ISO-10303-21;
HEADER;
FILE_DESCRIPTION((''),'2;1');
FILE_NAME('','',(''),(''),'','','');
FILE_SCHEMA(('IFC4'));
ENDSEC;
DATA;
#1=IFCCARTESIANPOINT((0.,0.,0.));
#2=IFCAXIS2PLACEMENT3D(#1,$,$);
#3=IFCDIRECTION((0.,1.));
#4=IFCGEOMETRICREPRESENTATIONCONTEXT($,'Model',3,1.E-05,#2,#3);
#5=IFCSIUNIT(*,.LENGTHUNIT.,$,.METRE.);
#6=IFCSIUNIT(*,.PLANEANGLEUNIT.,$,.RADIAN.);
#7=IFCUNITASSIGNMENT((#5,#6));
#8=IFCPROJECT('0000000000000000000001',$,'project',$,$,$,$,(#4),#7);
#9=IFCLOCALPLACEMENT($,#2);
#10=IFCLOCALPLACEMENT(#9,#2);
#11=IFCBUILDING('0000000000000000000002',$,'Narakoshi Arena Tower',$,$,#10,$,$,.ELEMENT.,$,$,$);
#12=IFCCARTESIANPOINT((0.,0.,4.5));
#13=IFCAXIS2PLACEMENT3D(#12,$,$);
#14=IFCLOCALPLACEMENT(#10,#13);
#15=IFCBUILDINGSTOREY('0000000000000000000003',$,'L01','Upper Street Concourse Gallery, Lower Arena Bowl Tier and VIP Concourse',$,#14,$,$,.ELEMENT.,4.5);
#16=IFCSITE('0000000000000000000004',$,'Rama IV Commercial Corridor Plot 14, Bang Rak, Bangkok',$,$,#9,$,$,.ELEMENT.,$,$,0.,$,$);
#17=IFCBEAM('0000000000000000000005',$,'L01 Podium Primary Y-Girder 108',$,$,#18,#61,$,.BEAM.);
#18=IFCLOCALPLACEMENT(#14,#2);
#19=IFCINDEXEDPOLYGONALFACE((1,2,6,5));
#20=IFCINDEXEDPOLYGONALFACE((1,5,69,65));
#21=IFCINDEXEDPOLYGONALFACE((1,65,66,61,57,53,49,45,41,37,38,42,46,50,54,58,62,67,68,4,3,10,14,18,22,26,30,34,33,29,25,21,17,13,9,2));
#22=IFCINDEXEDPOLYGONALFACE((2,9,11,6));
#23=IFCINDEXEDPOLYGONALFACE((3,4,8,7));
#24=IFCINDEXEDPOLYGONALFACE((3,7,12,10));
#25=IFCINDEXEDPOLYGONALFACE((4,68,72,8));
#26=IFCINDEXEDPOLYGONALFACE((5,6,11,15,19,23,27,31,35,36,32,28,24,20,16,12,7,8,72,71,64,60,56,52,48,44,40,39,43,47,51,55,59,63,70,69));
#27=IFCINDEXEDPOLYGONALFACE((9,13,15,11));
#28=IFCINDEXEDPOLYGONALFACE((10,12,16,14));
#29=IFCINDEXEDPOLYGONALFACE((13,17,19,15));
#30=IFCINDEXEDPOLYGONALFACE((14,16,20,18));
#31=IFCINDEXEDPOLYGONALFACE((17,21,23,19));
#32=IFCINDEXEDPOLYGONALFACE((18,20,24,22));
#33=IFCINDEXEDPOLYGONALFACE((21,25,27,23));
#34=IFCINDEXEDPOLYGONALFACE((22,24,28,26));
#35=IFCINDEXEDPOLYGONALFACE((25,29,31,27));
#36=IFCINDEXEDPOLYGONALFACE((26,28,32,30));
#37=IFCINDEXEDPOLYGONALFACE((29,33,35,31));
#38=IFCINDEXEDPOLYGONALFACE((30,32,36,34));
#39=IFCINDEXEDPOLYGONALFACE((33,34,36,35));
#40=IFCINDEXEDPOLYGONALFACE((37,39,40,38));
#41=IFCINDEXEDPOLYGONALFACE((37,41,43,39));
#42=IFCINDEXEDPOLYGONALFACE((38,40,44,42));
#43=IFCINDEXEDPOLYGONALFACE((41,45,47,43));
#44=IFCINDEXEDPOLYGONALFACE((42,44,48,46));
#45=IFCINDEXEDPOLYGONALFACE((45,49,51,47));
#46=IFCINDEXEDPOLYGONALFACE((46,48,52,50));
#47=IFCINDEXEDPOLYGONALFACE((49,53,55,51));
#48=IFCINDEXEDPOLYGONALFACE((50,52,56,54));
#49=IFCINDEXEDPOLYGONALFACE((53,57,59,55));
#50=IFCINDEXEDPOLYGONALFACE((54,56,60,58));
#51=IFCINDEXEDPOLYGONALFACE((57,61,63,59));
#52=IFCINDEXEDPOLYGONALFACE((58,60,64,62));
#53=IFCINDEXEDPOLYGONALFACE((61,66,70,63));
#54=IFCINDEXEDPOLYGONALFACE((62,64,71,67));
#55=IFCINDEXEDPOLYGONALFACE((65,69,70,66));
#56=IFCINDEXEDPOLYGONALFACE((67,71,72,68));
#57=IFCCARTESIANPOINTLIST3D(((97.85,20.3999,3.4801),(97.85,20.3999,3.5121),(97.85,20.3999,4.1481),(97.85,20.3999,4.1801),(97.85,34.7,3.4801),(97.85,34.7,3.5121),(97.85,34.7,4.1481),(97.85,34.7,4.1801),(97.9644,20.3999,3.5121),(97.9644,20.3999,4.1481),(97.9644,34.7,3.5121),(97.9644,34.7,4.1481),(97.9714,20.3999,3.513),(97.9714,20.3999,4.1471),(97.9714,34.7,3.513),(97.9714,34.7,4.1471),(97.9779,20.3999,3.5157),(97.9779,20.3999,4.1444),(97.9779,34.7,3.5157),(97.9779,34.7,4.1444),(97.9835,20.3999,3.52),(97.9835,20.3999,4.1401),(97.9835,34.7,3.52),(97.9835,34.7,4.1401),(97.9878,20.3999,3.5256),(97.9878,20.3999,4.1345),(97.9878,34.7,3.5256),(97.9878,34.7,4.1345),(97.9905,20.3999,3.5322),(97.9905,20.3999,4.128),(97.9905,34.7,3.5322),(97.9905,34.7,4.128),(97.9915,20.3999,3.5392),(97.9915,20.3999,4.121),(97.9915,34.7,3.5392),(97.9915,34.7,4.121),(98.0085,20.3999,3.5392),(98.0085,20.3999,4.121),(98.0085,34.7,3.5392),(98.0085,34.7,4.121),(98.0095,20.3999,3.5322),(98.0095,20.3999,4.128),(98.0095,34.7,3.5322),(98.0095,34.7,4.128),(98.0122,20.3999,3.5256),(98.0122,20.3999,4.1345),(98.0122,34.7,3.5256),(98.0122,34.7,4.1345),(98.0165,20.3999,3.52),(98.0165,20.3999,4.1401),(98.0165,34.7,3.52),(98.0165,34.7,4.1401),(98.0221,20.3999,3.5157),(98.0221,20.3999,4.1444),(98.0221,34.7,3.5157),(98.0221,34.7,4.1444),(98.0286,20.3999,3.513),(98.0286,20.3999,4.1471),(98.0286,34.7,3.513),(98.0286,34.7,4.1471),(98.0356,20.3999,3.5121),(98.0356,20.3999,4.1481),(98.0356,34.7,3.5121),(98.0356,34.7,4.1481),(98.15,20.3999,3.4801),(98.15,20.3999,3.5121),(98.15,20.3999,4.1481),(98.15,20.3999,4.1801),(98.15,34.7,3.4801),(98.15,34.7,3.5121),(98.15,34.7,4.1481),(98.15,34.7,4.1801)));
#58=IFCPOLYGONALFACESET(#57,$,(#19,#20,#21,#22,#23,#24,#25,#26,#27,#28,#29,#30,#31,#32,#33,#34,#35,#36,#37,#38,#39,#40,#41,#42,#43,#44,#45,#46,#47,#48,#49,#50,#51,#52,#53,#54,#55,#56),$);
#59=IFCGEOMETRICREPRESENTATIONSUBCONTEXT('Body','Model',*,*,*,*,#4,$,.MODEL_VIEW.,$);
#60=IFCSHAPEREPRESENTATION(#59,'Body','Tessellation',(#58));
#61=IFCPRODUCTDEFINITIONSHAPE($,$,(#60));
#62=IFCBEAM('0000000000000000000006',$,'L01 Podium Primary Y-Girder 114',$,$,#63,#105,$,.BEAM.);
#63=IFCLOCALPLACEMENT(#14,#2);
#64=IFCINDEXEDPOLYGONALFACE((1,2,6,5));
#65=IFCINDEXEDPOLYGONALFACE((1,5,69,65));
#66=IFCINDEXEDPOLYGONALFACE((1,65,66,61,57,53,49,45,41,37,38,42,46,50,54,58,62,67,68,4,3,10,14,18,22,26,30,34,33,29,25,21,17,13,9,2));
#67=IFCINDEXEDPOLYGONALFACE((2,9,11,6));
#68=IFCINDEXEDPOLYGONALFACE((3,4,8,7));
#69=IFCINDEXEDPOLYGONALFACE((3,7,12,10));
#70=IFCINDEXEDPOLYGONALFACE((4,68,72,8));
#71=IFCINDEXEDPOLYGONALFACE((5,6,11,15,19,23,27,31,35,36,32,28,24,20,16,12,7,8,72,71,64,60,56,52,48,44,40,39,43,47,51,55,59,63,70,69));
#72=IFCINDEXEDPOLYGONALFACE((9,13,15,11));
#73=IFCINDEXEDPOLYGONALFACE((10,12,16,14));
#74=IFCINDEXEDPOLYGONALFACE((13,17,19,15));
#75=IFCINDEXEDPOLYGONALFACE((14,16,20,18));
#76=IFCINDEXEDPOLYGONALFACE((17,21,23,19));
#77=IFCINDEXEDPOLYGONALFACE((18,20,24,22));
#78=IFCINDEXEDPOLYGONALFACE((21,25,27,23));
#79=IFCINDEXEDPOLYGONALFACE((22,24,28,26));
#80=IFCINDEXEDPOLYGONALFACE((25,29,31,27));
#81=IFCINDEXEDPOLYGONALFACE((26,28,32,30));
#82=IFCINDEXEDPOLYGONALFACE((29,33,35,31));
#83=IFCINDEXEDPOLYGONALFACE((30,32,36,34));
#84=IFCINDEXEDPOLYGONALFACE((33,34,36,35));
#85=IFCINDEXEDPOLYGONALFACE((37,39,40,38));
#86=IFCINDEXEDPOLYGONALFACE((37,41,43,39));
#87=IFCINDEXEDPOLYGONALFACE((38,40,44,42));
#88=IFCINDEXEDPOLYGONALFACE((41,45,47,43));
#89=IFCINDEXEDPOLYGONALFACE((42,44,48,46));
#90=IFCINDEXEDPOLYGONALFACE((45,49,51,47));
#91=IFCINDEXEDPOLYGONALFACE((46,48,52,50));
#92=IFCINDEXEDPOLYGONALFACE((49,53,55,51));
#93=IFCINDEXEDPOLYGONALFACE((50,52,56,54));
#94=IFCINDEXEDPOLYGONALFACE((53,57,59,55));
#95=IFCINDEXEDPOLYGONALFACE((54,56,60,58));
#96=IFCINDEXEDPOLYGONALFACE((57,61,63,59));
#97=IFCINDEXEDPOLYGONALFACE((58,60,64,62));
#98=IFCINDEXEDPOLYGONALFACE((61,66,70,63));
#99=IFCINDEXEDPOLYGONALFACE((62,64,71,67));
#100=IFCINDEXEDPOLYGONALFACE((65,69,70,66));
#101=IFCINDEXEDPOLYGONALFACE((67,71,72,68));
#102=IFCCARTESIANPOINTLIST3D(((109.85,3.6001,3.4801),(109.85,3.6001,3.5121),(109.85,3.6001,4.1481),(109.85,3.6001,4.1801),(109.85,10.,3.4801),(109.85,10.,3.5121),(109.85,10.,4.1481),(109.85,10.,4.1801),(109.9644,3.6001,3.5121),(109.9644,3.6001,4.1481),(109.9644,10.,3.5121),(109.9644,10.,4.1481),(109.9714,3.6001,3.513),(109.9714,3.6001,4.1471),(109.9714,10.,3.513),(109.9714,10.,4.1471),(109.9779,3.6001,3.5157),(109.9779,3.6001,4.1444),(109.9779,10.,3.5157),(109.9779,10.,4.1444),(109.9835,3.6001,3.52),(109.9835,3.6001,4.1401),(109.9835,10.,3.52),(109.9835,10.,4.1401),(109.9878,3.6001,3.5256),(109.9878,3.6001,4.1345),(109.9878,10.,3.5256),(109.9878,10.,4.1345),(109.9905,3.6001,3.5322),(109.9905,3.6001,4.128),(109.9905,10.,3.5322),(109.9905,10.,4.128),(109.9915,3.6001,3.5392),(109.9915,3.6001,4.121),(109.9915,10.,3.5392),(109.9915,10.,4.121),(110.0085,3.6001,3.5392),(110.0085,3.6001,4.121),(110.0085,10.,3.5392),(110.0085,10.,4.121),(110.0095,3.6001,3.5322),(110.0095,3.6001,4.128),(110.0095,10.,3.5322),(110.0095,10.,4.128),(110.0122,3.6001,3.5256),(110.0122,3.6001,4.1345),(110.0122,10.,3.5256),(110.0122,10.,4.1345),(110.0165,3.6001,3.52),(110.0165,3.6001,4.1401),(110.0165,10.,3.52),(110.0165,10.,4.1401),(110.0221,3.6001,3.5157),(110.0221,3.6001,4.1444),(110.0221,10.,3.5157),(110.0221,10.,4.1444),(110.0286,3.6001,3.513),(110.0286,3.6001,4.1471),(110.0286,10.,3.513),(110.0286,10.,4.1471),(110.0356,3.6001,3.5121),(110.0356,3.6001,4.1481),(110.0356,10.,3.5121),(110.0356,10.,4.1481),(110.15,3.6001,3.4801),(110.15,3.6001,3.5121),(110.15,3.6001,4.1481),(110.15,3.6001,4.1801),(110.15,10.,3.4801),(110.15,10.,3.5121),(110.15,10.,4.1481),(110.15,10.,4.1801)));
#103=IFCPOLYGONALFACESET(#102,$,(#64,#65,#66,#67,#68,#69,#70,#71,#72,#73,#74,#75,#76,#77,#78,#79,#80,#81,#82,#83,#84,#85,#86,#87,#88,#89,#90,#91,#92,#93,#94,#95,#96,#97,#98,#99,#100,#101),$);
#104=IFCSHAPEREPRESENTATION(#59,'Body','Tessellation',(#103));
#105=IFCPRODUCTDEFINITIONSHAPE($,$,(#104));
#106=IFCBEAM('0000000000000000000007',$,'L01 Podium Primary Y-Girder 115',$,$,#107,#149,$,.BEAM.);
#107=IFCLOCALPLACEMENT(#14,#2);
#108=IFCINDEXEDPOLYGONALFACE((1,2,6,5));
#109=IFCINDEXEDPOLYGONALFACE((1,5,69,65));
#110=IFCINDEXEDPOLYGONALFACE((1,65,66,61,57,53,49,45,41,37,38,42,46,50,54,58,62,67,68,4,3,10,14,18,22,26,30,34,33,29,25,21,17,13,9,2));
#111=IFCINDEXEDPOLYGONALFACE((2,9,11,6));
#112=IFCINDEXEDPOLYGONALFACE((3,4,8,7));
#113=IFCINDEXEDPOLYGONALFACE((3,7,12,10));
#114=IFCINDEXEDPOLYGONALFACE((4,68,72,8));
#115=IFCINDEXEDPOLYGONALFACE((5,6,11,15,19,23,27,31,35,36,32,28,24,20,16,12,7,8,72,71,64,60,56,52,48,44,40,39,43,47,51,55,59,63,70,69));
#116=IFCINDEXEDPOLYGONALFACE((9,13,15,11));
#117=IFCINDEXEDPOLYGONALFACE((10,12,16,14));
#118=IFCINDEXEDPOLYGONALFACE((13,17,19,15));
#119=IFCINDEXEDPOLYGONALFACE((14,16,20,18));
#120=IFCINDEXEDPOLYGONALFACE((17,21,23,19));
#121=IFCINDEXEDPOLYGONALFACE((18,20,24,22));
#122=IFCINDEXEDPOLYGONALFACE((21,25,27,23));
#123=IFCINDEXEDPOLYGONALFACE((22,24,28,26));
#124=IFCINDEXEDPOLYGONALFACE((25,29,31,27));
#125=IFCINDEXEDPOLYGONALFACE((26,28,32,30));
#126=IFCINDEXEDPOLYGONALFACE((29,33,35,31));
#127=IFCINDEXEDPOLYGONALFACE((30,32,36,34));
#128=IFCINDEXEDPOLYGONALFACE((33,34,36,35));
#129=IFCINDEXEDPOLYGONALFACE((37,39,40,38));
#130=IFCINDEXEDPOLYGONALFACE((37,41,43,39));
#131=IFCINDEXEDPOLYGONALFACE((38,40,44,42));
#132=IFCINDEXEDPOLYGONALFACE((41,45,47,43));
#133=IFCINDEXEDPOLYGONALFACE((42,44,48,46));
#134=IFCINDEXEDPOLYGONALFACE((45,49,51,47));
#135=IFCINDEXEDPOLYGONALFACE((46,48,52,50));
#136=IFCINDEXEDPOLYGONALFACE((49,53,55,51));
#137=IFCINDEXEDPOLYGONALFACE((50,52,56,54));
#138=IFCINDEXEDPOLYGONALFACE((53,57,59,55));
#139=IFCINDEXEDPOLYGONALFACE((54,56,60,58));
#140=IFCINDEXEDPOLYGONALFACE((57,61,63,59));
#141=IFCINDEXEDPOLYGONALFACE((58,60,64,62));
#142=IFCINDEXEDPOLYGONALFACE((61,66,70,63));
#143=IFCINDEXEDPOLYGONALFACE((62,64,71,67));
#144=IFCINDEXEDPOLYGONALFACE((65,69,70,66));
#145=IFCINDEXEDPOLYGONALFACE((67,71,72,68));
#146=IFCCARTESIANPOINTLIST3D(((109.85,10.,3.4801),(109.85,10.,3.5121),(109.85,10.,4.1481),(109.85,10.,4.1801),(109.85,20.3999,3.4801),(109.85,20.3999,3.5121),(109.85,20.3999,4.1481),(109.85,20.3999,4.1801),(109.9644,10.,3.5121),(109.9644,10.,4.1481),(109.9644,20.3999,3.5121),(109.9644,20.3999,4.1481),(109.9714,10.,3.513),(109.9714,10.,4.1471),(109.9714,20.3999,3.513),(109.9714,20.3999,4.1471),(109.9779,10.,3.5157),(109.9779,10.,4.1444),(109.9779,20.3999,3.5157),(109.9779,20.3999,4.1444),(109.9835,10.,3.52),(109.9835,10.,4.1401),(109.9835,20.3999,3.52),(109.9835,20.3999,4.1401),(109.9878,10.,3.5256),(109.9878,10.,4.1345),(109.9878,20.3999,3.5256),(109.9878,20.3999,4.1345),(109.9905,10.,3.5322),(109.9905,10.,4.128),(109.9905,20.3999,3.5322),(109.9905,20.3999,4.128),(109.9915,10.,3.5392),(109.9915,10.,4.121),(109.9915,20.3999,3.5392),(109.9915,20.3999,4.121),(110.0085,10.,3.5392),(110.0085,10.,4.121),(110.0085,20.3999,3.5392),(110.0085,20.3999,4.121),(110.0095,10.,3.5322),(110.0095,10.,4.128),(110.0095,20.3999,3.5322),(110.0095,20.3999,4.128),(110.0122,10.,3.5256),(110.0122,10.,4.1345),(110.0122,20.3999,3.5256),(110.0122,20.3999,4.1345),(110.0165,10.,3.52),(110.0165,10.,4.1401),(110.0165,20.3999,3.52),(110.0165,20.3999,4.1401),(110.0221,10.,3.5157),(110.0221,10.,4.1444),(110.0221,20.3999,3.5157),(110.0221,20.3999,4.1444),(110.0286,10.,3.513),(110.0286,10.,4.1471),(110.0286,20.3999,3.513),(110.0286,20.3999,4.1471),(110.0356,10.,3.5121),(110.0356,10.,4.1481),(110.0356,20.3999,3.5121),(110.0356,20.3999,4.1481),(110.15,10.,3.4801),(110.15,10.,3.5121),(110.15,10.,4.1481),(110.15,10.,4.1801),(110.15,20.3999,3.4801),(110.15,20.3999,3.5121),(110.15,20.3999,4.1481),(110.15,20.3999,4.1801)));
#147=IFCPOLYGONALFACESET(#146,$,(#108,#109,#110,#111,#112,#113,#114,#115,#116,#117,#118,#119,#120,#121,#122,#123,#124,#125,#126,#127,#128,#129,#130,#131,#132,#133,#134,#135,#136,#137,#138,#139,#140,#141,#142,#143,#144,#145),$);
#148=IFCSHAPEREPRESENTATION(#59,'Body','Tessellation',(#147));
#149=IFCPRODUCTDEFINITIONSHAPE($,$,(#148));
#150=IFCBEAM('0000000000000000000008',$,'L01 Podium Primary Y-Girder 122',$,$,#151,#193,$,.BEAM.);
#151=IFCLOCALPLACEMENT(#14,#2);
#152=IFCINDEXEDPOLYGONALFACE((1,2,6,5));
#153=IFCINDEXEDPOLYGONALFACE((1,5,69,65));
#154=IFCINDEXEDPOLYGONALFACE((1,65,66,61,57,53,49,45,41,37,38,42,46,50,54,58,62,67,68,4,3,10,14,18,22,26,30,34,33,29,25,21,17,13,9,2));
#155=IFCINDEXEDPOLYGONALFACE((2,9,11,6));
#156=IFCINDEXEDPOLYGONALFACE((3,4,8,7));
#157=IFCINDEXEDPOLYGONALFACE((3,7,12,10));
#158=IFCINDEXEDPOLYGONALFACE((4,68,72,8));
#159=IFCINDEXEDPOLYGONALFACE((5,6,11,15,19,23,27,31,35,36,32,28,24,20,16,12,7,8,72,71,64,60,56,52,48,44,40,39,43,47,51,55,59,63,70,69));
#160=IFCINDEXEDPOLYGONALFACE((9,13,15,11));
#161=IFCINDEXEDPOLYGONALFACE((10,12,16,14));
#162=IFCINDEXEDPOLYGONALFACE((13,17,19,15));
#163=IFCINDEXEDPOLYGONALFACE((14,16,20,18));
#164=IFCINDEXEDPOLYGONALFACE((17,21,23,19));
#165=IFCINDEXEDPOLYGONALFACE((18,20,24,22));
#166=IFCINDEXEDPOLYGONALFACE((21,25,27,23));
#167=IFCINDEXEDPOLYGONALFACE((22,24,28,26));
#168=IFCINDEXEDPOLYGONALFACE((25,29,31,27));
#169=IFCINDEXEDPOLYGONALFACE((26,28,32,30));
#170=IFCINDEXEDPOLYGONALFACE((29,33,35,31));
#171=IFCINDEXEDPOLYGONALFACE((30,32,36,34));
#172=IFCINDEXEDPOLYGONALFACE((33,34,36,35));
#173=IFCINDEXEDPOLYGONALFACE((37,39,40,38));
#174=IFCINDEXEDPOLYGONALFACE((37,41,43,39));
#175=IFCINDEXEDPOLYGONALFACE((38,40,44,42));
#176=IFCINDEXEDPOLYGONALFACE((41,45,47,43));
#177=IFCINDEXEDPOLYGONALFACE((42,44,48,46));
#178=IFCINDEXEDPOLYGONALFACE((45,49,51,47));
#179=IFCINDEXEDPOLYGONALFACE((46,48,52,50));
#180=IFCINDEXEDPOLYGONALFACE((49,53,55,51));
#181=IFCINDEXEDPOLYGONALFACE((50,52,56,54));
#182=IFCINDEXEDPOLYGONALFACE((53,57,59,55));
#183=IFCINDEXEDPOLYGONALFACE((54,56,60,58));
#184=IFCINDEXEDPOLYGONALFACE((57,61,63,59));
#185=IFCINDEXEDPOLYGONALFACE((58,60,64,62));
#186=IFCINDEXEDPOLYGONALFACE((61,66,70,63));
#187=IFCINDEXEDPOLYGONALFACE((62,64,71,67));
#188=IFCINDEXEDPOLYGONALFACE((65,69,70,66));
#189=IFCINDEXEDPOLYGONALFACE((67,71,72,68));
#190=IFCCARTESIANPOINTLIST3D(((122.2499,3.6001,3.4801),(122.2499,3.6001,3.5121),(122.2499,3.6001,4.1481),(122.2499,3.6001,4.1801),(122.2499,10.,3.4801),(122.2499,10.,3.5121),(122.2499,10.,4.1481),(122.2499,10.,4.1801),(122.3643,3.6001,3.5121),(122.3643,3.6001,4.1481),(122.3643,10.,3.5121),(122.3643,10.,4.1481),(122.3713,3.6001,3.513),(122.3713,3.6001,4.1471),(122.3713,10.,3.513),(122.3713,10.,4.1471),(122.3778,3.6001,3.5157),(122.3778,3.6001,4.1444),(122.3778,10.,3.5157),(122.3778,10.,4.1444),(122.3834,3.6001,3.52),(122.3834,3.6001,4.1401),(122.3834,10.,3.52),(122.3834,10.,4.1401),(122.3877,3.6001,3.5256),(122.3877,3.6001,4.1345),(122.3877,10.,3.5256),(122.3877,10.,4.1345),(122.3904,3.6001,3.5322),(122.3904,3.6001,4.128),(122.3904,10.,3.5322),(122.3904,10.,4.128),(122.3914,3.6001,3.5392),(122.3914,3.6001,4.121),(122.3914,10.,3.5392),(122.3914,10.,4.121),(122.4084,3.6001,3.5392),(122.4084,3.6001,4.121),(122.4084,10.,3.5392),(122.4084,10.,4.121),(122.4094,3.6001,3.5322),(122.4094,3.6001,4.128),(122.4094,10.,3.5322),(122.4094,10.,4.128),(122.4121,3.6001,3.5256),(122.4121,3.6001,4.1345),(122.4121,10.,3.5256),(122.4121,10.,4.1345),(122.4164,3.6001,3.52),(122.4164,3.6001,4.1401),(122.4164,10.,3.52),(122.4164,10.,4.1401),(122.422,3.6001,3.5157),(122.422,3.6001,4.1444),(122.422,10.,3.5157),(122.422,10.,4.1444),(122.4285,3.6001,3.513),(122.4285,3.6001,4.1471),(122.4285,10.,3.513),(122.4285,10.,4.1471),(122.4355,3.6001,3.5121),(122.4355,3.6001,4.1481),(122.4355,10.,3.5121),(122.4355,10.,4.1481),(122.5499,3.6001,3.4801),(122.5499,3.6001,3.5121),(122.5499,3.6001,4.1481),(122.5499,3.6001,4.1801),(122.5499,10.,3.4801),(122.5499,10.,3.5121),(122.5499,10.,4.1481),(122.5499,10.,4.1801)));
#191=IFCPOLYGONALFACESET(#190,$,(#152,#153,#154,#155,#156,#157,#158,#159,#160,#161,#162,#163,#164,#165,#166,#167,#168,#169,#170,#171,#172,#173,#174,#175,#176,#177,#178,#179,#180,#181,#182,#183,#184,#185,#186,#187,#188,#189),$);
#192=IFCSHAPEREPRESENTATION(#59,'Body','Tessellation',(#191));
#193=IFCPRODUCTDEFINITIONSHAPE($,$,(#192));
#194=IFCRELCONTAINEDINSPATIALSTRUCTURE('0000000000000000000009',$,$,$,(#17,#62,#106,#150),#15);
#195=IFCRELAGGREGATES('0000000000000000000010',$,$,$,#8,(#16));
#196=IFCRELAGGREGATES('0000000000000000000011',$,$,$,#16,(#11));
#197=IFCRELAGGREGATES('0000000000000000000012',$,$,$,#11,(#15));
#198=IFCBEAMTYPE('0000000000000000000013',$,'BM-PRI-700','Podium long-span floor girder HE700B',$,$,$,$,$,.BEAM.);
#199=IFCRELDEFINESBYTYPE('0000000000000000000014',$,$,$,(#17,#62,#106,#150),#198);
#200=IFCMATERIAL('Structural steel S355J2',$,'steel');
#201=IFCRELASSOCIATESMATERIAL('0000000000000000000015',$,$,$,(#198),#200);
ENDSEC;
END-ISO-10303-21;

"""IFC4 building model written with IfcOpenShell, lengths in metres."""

from ifc_helpers import new_model, si_unit, direction, frame, origin, origin_2d, place, context, subcontext, project, spatial, i_section, extrude, material, material_profile, profile_set, type_object, element, save


model = new_model("IFC4")

# Units and contexts
model_context = context("Model", 3, precision=1e-05, world=origin(), true_north=direction((0.0, 1.0)))
body_context = subcontext(model_context, "Body", "Model", "MODEL_VIEW")
ifc_project = project(units=[si_unit("LENGTHUNIT", "METRE"), si_unit("PLANEANGLEUNIT", "RADIAN")], contexts=[model_context])

# Site, building, storey
site_placement = place(None, origin())
site = spatial("IfcSite", under=ifc_project, at=site_placement, Name="Rama IV Commercial Corridor Plot 14, Bang Rak, Bangkok", CompositionType="ELEMENT", RefElevation=0.0)
building_placement = place(site_placement, origin())
building = spatial("IfcBuilding", under=site, at=building_placement, Name="Narakoshi Arena Tower", CompositionType="ELEMENT")
storey_placement = place(building_placement, frame((0.0, 0.0, 4.5)))
storey = spatial("IfcBuildingStorey", under=building, at=storey_placement, Name="L01", Description="Upper Street Concourse Gallery, Lower Arena Bowl Tier and VIP Concourse", CompositionType="ELEMENT", Elevation=4.5)

# Beams
ifc_material_1 = material(Name="Structural steel S355J2", Category="steel")
ifc_material_profile_1 = material_profile(ifc_material_1, i_section(OverallWidth=0.3, OverallDepth=0.7, WebThickness=0.0171, FlangeThickness=0.032, FilletRadius=0.0271, at=origin_2d()), Name="HE700B")
ifc_profile_set_1 = profile_set([ifc_material_profile_1], Name="Structural steel S355J2")
beam_type_1 = type_object("IfcBeamType", Name="BM-PRI-700", Description="Podium long-span floor girder HE700B", PredefinedType="BEAM", material=ifc_profile_set_1)
beam_1_placement = place(storey_placement, frame((98.0, 20.3999, 3.8301), z_axis=(0.0, 1.0, 0.0), x_axis=(-1.0, 0.0, 0.0)))
element("IfcBeam", 1, at=beam_1_placement, inside=storey, type_object=beam_type_1, Name="L01 Podium Primary Y-Girder 108", PredefinedType="BEAM", context=body_context, shape_type="SweptSolid", body=[
    extrude(i_section(OverallWidth=0.3, OverallDepth=0.7, WebThickness=0.0171, FlangeThickness=0.032, FilletRadius=0.0271, at=origin_2d()), origin(), (0.0, 0.0, 1.0), 14.3),
])
beam_2_placement = place(storey_placement, frame((110.0, 3.6001, 3.8301), z_axis=(0.0, 1.0, 0.0), x_axis=(-1.0, 0.0, 0.0)))
element("IfcBeam", 2, at=beam_2_placement, inside=storey, type_object=beam_type_1, Name="L01 Podium Primary Y-Girder 114", PredefinedType="BEAM", context=body_context, shape_type="SweptSolid", body=[
    extrude(i_section(OverallWidth=0.3, OverallDepth=0.7, WebThickness=0.0171, FlangeThickness=0.032, FilletRadius=0.0271, at=origin_2d()), origin(), (0.0, 0.0, 1.0), 6.3999),
])
beam_3_placement = place(storey_placement, frame((110.0, 10.0, 3.8301), z_axis=(0.0, 1.0, 0.0), x_axis=(-1.0, 0.0, 0.0)))
element("IfcBeam", 3, at=beam_3_placement, inside=storey, type_object=beam_type_1, Name="L01 Podium Primary Y-Girder 115", PredefinedType="BEAM", context=body_context, shape_type="SweptSolid", body=[
    extrude(i_section(OverallWidth=0.3, OverallDepth=0.7, WebThickness=0.0171, FlangeThickness=0.032, FilletRadius=0.0271, at=origin_2d()), origin(), (0.0, 0.0, 1.0), 10.3999),
])
beam_4_placement = place(storey_placement, frame((122.3999, 3.6001, 3.8301), z_axis=(0.0, 1.0, 0.0), x_axis=(-1.0, 0.0, 0.0)))
element("IfcBeam", 4, at=beam_4_placement, inside=storey, type_object=beam_type_1, Name="L01 Podium Primary Y-Girder 122", PredefinedType="BEAM", context=body_context, shape_type="SweptSolid", body=[
    extrude(i_section(OverallWidth=0.3, OverallDepth=0.7, WebThickness=0.0171, FlangeThickness=0.032, FilletRadius=0.0271, at=origin_2d()), origin(), (0.0, 0.0, 1.0), 6.3999),
])

save(model, "model.ifc")
